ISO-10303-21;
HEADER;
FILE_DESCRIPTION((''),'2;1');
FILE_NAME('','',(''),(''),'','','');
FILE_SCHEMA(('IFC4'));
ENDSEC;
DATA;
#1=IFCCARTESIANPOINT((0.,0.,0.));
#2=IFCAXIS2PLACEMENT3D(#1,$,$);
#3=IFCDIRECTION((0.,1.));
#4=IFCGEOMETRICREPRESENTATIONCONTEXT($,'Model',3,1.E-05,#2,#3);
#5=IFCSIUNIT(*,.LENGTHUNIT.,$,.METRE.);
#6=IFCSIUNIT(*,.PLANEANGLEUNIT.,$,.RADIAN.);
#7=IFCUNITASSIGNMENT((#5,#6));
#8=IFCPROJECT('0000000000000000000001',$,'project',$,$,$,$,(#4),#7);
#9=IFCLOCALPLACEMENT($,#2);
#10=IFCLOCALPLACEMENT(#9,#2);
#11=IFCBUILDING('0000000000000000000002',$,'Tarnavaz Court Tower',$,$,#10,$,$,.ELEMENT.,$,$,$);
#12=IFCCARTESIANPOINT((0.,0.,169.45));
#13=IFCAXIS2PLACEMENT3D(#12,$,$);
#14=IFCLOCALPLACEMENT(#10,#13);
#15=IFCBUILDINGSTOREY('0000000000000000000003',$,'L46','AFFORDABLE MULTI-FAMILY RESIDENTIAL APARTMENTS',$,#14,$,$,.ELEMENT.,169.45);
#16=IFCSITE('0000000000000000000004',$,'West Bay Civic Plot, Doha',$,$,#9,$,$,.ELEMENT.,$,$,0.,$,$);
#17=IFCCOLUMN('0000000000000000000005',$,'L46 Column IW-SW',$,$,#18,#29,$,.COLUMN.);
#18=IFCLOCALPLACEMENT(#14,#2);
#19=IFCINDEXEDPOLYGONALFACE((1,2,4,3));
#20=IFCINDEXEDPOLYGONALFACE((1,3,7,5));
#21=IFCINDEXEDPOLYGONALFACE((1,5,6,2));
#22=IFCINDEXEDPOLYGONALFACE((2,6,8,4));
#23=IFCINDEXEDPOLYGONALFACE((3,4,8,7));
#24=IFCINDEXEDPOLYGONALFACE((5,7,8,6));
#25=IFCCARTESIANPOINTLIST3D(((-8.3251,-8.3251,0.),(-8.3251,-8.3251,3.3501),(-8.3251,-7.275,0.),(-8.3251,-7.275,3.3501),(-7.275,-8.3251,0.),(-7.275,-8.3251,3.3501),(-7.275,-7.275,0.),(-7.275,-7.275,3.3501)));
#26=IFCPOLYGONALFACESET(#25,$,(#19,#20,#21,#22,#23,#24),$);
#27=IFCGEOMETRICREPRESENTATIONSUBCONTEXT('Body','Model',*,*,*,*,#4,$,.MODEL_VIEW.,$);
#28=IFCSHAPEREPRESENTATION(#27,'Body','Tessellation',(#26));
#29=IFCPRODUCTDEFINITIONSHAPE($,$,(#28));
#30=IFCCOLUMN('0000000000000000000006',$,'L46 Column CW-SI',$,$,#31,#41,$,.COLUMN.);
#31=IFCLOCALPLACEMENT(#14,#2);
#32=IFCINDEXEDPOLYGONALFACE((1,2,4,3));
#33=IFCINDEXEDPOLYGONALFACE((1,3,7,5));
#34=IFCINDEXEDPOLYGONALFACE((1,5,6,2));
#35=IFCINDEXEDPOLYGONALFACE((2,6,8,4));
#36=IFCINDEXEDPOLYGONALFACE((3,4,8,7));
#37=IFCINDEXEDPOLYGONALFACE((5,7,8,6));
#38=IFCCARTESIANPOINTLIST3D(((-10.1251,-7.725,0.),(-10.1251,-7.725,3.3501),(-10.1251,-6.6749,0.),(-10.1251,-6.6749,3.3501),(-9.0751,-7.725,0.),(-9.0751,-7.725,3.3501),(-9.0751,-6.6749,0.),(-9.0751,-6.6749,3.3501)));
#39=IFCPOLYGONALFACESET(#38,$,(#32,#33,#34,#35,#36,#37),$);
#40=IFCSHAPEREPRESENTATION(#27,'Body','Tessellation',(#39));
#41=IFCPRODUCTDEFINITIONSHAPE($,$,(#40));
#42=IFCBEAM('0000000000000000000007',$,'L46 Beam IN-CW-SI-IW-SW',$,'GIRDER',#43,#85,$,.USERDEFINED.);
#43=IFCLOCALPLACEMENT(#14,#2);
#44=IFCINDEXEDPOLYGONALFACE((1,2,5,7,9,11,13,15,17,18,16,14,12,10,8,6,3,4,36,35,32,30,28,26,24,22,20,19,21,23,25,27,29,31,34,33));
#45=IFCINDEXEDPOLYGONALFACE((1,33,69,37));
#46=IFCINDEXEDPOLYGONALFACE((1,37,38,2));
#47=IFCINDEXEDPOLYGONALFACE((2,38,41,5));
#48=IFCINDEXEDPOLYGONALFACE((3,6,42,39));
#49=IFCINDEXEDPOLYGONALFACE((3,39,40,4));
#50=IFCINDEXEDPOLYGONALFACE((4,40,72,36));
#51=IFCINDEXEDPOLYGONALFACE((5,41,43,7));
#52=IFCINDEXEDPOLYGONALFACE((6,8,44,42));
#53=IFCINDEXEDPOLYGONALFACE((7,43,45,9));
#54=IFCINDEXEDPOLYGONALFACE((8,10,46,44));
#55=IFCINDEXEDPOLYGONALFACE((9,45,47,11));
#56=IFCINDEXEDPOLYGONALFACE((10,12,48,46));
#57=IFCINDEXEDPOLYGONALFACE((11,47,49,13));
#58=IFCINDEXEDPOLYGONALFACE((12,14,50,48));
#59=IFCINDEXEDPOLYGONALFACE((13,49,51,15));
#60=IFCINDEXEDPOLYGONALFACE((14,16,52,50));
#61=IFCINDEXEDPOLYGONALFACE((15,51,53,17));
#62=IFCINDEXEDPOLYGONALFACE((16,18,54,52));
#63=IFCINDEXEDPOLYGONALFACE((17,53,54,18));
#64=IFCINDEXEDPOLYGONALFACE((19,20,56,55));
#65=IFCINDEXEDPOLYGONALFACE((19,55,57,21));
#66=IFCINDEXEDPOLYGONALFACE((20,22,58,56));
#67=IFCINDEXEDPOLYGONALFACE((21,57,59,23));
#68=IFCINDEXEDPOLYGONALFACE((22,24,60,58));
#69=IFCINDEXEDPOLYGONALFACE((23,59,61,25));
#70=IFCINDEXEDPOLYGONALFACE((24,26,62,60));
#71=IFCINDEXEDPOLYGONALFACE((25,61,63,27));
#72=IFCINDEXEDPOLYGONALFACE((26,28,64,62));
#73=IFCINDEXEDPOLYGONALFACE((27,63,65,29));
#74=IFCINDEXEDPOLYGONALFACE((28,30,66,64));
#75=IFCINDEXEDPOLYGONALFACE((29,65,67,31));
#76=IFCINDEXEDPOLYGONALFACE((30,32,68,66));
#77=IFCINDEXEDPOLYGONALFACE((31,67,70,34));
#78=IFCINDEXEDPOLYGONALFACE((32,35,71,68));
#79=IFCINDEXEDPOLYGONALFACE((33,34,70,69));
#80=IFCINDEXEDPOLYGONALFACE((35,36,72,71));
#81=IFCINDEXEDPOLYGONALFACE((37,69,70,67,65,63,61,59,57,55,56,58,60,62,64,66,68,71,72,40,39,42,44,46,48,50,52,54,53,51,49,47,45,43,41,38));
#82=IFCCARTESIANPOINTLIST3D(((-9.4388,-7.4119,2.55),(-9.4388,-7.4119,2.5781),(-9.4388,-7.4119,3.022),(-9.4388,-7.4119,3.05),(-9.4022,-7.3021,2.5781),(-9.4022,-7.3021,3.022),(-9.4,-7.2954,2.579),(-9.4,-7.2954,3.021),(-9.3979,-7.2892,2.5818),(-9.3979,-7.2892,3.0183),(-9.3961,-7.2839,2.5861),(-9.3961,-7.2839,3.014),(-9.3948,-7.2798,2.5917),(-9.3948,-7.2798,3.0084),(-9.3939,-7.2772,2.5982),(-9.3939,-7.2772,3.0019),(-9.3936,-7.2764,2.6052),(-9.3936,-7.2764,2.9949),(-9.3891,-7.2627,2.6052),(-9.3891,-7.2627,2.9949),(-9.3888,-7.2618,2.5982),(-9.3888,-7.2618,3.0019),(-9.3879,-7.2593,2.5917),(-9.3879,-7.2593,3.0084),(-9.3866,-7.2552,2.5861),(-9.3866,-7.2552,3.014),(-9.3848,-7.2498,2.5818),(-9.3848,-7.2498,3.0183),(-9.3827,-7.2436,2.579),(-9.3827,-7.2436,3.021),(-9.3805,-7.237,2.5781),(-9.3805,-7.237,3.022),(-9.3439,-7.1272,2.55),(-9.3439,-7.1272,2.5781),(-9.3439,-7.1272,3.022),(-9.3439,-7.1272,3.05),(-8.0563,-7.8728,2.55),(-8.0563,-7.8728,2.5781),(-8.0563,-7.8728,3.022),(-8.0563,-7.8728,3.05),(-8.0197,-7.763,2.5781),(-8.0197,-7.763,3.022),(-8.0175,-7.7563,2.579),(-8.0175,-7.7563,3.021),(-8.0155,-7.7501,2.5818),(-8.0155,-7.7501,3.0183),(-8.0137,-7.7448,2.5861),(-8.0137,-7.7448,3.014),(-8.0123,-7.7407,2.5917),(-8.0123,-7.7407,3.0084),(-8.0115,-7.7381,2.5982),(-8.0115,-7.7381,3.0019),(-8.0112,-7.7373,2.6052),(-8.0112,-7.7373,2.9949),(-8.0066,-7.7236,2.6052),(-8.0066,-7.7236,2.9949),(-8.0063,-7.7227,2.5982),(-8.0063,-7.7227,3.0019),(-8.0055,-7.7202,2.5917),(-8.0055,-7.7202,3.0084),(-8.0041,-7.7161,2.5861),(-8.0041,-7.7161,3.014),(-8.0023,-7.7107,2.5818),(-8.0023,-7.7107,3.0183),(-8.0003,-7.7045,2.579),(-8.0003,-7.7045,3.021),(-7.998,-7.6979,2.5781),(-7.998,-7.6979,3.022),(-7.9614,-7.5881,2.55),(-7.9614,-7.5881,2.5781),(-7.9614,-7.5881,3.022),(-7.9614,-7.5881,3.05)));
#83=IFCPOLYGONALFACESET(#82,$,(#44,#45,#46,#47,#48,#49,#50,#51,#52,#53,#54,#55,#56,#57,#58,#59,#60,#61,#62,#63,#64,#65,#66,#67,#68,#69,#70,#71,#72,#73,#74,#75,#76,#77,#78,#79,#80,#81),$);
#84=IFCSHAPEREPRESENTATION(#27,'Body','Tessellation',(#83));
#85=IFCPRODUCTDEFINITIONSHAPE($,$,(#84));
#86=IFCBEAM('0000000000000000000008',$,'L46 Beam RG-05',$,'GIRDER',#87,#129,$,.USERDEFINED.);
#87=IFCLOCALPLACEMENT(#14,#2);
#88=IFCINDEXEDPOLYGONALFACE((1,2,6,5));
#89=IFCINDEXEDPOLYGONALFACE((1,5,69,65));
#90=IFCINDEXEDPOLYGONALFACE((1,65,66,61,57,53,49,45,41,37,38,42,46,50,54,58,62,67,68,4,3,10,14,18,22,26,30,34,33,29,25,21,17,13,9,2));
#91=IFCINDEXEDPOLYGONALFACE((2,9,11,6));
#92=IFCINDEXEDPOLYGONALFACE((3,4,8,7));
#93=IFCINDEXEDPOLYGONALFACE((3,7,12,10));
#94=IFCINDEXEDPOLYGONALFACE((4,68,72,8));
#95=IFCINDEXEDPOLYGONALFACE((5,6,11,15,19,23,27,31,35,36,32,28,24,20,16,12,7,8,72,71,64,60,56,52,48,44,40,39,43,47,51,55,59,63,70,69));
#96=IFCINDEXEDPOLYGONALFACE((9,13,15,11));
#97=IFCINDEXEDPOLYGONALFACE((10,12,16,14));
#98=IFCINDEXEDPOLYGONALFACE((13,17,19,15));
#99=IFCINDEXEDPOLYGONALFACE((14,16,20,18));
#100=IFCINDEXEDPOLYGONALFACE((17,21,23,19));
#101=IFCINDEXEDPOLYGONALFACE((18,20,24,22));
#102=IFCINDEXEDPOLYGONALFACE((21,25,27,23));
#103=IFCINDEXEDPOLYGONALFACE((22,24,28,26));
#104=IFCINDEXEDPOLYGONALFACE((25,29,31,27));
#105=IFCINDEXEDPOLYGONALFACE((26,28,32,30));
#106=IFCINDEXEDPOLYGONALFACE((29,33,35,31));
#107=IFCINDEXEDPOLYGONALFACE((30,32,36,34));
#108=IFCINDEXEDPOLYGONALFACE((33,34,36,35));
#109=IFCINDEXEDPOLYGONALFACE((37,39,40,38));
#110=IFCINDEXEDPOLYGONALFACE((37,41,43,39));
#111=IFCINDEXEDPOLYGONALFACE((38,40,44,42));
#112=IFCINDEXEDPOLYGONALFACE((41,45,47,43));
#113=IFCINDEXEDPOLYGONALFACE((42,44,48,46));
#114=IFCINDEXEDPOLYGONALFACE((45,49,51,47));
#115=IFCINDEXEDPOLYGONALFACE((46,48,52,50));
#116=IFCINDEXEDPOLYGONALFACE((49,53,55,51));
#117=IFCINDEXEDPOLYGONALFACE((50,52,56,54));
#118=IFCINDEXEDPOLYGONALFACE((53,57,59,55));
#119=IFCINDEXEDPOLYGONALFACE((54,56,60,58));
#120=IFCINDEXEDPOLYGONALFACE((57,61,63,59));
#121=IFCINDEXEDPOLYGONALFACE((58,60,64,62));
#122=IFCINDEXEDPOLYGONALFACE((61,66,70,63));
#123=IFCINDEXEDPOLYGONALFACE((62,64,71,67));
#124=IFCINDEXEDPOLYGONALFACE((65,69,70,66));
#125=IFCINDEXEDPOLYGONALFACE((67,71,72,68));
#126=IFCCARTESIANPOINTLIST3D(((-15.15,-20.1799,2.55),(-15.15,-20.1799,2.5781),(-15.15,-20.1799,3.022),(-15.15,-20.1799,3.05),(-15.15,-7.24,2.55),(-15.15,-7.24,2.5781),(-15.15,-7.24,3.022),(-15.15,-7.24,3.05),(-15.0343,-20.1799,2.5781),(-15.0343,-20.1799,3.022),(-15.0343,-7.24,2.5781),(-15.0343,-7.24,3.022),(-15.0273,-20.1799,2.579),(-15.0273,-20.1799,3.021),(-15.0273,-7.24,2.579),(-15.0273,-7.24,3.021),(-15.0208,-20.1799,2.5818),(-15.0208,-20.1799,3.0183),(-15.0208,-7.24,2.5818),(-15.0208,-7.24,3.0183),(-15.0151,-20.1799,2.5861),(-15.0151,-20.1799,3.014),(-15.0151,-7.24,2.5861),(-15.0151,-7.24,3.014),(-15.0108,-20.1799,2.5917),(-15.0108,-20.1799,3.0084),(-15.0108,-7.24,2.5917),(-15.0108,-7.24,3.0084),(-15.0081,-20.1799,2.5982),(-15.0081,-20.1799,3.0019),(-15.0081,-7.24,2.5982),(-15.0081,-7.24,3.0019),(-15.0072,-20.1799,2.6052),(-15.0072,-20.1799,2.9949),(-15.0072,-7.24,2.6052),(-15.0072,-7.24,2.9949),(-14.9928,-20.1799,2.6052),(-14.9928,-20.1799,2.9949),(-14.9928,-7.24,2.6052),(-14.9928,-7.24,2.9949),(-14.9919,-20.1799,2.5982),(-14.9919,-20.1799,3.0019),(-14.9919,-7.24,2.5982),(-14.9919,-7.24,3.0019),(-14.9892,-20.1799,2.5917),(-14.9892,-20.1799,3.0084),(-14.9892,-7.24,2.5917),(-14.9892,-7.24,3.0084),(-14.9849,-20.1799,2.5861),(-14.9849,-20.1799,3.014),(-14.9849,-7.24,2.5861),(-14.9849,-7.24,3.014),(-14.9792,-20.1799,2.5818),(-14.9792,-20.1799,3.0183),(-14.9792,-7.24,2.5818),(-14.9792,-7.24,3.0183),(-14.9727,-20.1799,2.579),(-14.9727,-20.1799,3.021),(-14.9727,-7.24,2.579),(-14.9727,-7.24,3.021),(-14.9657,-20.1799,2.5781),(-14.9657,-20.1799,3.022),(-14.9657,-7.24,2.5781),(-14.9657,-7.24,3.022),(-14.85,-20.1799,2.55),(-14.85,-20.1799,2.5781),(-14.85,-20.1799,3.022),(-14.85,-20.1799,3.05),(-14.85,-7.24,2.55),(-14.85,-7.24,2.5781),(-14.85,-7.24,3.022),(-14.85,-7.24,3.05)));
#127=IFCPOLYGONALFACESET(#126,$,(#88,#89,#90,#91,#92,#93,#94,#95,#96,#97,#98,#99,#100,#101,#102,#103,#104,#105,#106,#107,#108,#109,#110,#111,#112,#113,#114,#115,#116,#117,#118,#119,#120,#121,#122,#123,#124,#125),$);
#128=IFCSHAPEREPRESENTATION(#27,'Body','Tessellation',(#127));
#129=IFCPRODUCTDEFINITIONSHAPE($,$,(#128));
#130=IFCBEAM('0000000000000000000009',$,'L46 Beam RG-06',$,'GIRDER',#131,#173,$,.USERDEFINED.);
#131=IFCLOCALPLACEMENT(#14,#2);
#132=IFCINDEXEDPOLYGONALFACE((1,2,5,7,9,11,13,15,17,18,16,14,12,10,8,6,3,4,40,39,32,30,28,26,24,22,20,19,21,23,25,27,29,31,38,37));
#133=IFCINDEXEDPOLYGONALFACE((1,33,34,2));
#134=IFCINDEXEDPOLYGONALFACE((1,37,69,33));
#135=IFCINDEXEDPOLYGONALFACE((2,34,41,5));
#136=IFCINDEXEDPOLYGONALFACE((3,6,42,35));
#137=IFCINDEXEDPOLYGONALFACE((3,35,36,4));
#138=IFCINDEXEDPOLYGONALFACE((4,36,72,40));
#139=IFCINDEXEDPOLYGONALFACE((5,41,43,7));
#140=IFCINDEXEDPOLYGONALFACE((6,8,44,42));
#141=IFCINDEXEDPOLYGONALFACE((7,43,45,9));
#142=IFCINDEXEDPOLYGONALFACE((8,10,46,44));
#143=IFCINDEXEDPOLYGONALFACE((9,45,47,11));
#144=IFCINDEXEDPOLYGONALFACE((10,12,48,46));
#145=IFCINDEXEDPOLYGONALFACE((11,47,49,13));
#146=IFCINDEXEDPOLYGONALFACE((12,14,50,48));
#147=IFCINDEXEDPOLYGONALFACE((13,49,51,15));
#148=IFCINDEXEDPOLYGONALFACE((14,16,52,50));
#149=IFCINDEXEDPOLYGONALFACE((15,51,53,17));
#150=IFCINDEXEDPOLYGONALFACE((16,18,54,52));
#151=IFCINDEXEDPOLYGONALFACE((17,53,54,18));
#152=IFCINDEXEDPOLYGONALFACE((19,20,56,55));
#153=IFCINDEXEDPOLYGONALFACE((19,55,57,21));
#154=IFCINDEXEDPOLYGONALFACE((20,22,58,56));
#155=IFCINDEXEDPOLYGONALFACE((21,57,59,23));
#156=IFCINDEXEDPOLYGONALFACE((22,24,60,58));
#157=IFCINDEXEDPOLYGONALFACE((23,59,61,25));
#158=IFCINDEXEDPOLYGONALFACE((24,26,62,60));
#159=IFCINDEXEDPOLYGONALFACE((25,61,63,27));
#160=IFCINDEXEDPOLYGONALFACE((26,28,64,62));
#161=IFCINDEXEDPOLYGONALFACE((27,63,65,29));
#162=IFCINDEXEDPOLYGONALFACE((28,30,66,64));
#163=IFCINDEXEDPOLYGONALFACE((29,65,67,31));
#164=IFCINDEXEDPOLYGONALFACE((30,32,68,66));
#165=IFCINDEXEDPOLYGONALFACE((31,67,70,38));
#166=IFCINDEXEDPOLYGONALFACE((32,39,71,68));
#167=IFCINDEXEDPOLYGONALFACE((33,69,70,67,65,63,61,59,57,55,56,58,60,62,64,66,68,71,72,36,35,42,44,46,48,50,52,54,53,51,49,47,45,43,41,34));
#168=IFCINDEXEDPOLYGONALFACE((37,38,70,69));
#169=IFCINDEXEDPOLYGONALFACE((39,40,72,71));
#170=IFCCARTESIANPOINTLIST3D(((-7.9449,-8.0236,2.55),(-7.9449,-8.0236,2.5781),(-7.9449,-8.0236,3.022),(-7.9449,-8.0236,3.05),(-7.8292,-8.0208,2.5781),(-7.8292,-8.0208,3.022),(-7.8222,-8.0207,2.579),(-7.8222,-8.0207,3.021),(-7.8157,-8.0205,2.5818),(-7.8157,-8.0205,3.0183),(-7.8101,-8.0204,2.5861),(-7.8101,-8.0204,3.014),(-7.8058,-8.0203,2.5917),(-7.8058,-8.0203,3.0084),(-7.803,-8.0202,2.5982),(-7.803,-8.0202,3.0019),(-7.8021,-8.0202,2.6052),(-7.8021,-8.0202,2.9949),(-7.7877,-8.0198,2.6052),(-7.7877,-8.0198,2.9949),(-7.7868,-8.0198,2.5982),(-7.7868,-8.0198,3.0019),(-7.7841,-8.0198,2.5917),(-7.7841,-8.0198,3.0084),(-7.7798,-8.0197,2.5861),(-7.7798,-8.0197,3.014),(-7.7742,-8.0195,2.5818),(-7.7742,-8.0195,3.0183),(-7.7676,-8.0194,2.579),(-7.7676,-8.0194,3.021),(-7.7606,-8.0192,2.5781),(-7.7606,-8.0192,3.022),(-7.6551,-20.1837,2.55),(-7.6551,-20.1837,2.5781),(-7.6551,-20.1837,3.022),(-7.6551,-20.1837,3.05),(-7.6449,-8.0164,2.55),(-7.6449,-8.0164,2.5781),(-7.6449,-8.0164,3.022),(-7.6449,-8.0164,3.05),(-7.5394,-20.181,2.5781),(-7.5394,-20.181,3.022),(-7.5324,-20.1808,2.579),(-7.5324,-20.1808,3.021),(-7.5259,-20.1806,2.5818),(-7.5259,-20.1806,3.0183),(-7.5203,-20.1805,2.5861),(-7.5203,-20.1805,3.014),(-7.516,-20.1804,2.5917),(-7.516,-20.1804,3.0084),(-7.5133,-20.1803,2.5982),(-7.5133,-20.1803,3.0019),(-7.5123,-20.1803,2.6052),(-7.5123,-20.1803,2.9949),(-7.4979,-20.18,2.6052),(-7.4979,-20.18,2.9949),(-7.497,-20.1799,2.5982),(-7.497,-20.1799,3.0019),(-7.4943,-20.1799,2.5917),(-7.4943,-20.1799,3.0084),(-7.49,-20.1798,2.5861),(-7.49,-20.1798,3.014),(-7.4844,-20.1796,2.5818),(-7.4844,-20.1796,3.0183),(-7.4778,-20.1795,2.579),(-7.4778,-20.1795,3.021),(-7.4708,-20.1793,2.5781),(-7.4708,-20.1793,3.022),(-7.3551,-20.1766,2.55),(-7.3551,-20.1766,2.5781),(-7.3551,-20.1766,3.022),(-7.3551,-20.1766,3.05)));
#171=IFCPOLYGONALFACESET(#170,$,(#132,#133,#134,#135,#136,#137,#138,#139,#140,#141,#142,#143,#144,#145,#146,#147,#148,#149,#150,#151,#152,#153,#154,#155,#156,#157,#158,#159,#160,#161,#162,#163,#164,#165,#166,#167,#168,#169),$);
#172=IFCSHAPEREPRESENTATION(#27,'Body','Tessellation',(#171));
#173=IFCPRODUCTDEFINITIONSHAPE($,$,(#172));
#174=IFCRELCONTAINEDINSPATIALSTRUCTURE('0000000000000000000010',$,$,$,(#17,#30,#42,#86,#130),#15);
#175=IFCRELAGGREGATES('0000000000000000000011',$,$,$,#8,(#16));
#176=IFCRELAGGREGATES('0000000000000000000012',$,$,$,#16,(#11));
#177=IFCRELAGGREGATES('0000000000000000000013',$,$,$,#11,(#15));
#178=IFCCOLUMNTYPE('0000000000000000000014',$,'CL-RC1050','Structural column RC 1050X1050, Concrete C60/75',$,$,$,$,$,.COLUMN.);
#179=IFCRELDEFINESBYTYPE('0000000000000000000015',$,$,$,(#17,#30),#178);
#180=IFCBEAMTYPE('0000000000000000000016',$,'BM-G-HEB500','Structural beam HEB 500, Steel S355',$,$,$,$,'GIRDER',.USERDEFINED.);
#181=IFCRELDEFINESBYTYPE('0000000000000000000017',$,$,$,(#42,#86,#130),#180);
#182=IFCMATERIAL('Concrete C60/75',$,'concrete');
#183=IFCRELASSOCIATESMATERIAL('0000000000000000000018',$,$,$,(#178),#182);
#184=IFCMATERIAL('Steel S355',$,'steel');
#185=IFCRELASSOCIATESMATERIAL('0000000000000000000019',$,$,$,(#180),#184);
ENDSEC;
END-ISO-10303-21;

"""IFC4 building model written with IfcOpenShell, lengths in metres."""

from ifc_helpers import new_model, si_unit, direction, frame, origin, origin_2d, place, context, subcontext, project, spatial, rectangle, i_section, extrude, material, material_profile, profile_set, type_object, element, save


model = new_model("IFC4")

# Units and contexts
model_context = context("Model", 3, precision=1e-05, world=origin(), true_north=direction((0.0, 1.0)))
body_context = subcontext(model_context, "Body", "Model", "MODEL_VIEW")
ifc_project = project(units=[si_unit("LENGTHUNIT", "METRE"), si_unit("PLANEANGLEUNIT", "RADIAN")], contexts=[model_context])

# Site, building, storey
site_placement = place(None, origin())
site = spatial("IfcSite", under=ifc_project, at=site_placement, Name="West Bay Civic Plot, Doha", CompositionType="ELEMENT", RefElevation=0.0)
building_placement = place(site_placement, origin())
building = spatial("IfcBuilding", under=site, at=building_placement, Name="Tarnavaz Court Tower", CompositionType="ELEMENT")
storey_placement = place(building_placement, frame((0.0, 0.0, 169.45)))
storey = spatial("IfcBuildingStorey", under=building, at=storey_placement, Name="L46", Description="AFFORDABLE MULTI-FAMILY RESIDENTIAL APARTMENTS", CompositionType="ELEMENT", Elevation=169.45)

# Columns
ifc_material_1 = material(Name="Concrete C60/75", Category="concrete")
ifc_material_profile_1 = material_profile(ifc_material_1, rectangle(XDim=1.05, YDim=1.05, at=origin_2d()), Name="RC 1050X1050")
ifc_profile_set_1 = profile_set([ifc_material_profile_1], Name="Concrete C60/75")
column_type = type_object("IfcColumnType", Name="CL-RC1050", Description="Structural column RC 1050X1050, Concrete C60/75", PredefinedType="COLUMN", material=ifc_profile_set_1)
for number, where, z_axis, x_axis, name in (
    (1, (-7.8, -7.8, 0.0), (0.0, 0.0, 1.0), (1.0, 0.0, 0.0), "L46 Column IW-SW"),
    (2, (-9.6001, -7.2, 0.0), (0.0, 0.0, 1.0), (1.0, 0.0, 0.0), "L46 Column CW-SI"),
):
    element("IfcColumn", number, at=place(storey_placement, frame(where, z_axis=z_axis, x_axis=x_axis)), inside=storey, type_object=column_type, Name=name, PredefinedType="COLUMN", context=body_context, shape_type="SweptSolid", body=[
        extrude(rectangle(XDim=1.05, YDim=1.05, at=origin_2d()), origin(), (0.0, 0.0, 1.0), 3.3501),
    ])

# Beams
ifc_material_2 = material(Name="Steel S355", Category="steel")
ifc_material_profile_2 = material_profile(ifc_material_2, i_section(OverallWidth=0.3, OverallDepth=0.5, WebThickness=0.0144, FlangeThickness=0.0281, FilletRadius=0.0271, at=origin_2d()), Name="HEB 500")
ifc_profile_set_2 = profile_set([ifc_material_profile_2], Name="Steel S355")
beam_type_1 = type_object("IfcBeamType", Name="BM-G-HEB500", Description="Structural beam HEB 500, Steel S355", ElementType="GIRDER", PredefinedType="USERDEFINED", material=ifc_profile_set_2)
beam_1_placement = place(storey_placement, frame((-9.3914, -7.2695, 2.8), z_axis=(0.948667, -0.316278, 0.0), x_axis=(0.316278, 0.948667, 0.0)))
element("IfcBeam", 3, at=beam_1_placement, inside=storey, type_object=beam_type_1, Name="L46 Beam IN-CW-SI-IW-SW", ObjectType="GIRDER", PredefinedType="USERDEFINED", context=body_context, shape_type="SweptSolid", body=[
    extrude(i_section(OverallWidth=0.3, OverallDepth=0.5, WebThickness=0.0144, FlangeThickness=0.0281, FilletRadius=0.0271, at=origin_2d()), origin(), (0.0, 0.0, 1.0), 1.4573),
])
beam_2_placement = place(storey_placement, frame((-15.0, -7.24, 2.8), z_axis=(0.0, -1.0, 0.0), x_axis=(1.0, 0.0, 0.0)))
element("IfcBeam", 4, at=beam_2_placement, inside=storey, type_object=beam_type_1, Name="L46 Beam RG-05", ObjectType="GIRDER", PredefinedType="USERDEFINED", context=body_context, shape_type="SweptSolid", body=[
    extrude(i_section(OverallWidth=0.3, OverallDepth=0.5, WebThickness=0.0144, FlangeThickness=0.0281, FilletRadius=0.0271, at=origin_2d()), origin(), (0.0, 0.0, 1.0), 12.9399),
])
beam_3_placement = place(storey_placement, frame((-7.7949, -8.02, 2.8), z_axis=(0.023825, -0.999716, 0.0), x_axis=(0.999716, 0.023825, 0.0)))
element("IfcBeam", 5, at=beam_3_placement, inside=storey, type_object=beam_type_1, Name="L46 Beam RG-06", ObjectType="GIRDER", PredefinedType="USERDEFINED", context=body_context, shape_type="SweptSolid", body=[
    extrude(i_section(OverallWidth=0.3, OverallDepth=0.5, WebThickness=0.0144, FlangeThickness=0.0281, FilletRadius=0.0271, at=origin_2d()), origin(), (0.0, 0.0, 1.0), 12.1636),
])

save(model, "model.ifc")
